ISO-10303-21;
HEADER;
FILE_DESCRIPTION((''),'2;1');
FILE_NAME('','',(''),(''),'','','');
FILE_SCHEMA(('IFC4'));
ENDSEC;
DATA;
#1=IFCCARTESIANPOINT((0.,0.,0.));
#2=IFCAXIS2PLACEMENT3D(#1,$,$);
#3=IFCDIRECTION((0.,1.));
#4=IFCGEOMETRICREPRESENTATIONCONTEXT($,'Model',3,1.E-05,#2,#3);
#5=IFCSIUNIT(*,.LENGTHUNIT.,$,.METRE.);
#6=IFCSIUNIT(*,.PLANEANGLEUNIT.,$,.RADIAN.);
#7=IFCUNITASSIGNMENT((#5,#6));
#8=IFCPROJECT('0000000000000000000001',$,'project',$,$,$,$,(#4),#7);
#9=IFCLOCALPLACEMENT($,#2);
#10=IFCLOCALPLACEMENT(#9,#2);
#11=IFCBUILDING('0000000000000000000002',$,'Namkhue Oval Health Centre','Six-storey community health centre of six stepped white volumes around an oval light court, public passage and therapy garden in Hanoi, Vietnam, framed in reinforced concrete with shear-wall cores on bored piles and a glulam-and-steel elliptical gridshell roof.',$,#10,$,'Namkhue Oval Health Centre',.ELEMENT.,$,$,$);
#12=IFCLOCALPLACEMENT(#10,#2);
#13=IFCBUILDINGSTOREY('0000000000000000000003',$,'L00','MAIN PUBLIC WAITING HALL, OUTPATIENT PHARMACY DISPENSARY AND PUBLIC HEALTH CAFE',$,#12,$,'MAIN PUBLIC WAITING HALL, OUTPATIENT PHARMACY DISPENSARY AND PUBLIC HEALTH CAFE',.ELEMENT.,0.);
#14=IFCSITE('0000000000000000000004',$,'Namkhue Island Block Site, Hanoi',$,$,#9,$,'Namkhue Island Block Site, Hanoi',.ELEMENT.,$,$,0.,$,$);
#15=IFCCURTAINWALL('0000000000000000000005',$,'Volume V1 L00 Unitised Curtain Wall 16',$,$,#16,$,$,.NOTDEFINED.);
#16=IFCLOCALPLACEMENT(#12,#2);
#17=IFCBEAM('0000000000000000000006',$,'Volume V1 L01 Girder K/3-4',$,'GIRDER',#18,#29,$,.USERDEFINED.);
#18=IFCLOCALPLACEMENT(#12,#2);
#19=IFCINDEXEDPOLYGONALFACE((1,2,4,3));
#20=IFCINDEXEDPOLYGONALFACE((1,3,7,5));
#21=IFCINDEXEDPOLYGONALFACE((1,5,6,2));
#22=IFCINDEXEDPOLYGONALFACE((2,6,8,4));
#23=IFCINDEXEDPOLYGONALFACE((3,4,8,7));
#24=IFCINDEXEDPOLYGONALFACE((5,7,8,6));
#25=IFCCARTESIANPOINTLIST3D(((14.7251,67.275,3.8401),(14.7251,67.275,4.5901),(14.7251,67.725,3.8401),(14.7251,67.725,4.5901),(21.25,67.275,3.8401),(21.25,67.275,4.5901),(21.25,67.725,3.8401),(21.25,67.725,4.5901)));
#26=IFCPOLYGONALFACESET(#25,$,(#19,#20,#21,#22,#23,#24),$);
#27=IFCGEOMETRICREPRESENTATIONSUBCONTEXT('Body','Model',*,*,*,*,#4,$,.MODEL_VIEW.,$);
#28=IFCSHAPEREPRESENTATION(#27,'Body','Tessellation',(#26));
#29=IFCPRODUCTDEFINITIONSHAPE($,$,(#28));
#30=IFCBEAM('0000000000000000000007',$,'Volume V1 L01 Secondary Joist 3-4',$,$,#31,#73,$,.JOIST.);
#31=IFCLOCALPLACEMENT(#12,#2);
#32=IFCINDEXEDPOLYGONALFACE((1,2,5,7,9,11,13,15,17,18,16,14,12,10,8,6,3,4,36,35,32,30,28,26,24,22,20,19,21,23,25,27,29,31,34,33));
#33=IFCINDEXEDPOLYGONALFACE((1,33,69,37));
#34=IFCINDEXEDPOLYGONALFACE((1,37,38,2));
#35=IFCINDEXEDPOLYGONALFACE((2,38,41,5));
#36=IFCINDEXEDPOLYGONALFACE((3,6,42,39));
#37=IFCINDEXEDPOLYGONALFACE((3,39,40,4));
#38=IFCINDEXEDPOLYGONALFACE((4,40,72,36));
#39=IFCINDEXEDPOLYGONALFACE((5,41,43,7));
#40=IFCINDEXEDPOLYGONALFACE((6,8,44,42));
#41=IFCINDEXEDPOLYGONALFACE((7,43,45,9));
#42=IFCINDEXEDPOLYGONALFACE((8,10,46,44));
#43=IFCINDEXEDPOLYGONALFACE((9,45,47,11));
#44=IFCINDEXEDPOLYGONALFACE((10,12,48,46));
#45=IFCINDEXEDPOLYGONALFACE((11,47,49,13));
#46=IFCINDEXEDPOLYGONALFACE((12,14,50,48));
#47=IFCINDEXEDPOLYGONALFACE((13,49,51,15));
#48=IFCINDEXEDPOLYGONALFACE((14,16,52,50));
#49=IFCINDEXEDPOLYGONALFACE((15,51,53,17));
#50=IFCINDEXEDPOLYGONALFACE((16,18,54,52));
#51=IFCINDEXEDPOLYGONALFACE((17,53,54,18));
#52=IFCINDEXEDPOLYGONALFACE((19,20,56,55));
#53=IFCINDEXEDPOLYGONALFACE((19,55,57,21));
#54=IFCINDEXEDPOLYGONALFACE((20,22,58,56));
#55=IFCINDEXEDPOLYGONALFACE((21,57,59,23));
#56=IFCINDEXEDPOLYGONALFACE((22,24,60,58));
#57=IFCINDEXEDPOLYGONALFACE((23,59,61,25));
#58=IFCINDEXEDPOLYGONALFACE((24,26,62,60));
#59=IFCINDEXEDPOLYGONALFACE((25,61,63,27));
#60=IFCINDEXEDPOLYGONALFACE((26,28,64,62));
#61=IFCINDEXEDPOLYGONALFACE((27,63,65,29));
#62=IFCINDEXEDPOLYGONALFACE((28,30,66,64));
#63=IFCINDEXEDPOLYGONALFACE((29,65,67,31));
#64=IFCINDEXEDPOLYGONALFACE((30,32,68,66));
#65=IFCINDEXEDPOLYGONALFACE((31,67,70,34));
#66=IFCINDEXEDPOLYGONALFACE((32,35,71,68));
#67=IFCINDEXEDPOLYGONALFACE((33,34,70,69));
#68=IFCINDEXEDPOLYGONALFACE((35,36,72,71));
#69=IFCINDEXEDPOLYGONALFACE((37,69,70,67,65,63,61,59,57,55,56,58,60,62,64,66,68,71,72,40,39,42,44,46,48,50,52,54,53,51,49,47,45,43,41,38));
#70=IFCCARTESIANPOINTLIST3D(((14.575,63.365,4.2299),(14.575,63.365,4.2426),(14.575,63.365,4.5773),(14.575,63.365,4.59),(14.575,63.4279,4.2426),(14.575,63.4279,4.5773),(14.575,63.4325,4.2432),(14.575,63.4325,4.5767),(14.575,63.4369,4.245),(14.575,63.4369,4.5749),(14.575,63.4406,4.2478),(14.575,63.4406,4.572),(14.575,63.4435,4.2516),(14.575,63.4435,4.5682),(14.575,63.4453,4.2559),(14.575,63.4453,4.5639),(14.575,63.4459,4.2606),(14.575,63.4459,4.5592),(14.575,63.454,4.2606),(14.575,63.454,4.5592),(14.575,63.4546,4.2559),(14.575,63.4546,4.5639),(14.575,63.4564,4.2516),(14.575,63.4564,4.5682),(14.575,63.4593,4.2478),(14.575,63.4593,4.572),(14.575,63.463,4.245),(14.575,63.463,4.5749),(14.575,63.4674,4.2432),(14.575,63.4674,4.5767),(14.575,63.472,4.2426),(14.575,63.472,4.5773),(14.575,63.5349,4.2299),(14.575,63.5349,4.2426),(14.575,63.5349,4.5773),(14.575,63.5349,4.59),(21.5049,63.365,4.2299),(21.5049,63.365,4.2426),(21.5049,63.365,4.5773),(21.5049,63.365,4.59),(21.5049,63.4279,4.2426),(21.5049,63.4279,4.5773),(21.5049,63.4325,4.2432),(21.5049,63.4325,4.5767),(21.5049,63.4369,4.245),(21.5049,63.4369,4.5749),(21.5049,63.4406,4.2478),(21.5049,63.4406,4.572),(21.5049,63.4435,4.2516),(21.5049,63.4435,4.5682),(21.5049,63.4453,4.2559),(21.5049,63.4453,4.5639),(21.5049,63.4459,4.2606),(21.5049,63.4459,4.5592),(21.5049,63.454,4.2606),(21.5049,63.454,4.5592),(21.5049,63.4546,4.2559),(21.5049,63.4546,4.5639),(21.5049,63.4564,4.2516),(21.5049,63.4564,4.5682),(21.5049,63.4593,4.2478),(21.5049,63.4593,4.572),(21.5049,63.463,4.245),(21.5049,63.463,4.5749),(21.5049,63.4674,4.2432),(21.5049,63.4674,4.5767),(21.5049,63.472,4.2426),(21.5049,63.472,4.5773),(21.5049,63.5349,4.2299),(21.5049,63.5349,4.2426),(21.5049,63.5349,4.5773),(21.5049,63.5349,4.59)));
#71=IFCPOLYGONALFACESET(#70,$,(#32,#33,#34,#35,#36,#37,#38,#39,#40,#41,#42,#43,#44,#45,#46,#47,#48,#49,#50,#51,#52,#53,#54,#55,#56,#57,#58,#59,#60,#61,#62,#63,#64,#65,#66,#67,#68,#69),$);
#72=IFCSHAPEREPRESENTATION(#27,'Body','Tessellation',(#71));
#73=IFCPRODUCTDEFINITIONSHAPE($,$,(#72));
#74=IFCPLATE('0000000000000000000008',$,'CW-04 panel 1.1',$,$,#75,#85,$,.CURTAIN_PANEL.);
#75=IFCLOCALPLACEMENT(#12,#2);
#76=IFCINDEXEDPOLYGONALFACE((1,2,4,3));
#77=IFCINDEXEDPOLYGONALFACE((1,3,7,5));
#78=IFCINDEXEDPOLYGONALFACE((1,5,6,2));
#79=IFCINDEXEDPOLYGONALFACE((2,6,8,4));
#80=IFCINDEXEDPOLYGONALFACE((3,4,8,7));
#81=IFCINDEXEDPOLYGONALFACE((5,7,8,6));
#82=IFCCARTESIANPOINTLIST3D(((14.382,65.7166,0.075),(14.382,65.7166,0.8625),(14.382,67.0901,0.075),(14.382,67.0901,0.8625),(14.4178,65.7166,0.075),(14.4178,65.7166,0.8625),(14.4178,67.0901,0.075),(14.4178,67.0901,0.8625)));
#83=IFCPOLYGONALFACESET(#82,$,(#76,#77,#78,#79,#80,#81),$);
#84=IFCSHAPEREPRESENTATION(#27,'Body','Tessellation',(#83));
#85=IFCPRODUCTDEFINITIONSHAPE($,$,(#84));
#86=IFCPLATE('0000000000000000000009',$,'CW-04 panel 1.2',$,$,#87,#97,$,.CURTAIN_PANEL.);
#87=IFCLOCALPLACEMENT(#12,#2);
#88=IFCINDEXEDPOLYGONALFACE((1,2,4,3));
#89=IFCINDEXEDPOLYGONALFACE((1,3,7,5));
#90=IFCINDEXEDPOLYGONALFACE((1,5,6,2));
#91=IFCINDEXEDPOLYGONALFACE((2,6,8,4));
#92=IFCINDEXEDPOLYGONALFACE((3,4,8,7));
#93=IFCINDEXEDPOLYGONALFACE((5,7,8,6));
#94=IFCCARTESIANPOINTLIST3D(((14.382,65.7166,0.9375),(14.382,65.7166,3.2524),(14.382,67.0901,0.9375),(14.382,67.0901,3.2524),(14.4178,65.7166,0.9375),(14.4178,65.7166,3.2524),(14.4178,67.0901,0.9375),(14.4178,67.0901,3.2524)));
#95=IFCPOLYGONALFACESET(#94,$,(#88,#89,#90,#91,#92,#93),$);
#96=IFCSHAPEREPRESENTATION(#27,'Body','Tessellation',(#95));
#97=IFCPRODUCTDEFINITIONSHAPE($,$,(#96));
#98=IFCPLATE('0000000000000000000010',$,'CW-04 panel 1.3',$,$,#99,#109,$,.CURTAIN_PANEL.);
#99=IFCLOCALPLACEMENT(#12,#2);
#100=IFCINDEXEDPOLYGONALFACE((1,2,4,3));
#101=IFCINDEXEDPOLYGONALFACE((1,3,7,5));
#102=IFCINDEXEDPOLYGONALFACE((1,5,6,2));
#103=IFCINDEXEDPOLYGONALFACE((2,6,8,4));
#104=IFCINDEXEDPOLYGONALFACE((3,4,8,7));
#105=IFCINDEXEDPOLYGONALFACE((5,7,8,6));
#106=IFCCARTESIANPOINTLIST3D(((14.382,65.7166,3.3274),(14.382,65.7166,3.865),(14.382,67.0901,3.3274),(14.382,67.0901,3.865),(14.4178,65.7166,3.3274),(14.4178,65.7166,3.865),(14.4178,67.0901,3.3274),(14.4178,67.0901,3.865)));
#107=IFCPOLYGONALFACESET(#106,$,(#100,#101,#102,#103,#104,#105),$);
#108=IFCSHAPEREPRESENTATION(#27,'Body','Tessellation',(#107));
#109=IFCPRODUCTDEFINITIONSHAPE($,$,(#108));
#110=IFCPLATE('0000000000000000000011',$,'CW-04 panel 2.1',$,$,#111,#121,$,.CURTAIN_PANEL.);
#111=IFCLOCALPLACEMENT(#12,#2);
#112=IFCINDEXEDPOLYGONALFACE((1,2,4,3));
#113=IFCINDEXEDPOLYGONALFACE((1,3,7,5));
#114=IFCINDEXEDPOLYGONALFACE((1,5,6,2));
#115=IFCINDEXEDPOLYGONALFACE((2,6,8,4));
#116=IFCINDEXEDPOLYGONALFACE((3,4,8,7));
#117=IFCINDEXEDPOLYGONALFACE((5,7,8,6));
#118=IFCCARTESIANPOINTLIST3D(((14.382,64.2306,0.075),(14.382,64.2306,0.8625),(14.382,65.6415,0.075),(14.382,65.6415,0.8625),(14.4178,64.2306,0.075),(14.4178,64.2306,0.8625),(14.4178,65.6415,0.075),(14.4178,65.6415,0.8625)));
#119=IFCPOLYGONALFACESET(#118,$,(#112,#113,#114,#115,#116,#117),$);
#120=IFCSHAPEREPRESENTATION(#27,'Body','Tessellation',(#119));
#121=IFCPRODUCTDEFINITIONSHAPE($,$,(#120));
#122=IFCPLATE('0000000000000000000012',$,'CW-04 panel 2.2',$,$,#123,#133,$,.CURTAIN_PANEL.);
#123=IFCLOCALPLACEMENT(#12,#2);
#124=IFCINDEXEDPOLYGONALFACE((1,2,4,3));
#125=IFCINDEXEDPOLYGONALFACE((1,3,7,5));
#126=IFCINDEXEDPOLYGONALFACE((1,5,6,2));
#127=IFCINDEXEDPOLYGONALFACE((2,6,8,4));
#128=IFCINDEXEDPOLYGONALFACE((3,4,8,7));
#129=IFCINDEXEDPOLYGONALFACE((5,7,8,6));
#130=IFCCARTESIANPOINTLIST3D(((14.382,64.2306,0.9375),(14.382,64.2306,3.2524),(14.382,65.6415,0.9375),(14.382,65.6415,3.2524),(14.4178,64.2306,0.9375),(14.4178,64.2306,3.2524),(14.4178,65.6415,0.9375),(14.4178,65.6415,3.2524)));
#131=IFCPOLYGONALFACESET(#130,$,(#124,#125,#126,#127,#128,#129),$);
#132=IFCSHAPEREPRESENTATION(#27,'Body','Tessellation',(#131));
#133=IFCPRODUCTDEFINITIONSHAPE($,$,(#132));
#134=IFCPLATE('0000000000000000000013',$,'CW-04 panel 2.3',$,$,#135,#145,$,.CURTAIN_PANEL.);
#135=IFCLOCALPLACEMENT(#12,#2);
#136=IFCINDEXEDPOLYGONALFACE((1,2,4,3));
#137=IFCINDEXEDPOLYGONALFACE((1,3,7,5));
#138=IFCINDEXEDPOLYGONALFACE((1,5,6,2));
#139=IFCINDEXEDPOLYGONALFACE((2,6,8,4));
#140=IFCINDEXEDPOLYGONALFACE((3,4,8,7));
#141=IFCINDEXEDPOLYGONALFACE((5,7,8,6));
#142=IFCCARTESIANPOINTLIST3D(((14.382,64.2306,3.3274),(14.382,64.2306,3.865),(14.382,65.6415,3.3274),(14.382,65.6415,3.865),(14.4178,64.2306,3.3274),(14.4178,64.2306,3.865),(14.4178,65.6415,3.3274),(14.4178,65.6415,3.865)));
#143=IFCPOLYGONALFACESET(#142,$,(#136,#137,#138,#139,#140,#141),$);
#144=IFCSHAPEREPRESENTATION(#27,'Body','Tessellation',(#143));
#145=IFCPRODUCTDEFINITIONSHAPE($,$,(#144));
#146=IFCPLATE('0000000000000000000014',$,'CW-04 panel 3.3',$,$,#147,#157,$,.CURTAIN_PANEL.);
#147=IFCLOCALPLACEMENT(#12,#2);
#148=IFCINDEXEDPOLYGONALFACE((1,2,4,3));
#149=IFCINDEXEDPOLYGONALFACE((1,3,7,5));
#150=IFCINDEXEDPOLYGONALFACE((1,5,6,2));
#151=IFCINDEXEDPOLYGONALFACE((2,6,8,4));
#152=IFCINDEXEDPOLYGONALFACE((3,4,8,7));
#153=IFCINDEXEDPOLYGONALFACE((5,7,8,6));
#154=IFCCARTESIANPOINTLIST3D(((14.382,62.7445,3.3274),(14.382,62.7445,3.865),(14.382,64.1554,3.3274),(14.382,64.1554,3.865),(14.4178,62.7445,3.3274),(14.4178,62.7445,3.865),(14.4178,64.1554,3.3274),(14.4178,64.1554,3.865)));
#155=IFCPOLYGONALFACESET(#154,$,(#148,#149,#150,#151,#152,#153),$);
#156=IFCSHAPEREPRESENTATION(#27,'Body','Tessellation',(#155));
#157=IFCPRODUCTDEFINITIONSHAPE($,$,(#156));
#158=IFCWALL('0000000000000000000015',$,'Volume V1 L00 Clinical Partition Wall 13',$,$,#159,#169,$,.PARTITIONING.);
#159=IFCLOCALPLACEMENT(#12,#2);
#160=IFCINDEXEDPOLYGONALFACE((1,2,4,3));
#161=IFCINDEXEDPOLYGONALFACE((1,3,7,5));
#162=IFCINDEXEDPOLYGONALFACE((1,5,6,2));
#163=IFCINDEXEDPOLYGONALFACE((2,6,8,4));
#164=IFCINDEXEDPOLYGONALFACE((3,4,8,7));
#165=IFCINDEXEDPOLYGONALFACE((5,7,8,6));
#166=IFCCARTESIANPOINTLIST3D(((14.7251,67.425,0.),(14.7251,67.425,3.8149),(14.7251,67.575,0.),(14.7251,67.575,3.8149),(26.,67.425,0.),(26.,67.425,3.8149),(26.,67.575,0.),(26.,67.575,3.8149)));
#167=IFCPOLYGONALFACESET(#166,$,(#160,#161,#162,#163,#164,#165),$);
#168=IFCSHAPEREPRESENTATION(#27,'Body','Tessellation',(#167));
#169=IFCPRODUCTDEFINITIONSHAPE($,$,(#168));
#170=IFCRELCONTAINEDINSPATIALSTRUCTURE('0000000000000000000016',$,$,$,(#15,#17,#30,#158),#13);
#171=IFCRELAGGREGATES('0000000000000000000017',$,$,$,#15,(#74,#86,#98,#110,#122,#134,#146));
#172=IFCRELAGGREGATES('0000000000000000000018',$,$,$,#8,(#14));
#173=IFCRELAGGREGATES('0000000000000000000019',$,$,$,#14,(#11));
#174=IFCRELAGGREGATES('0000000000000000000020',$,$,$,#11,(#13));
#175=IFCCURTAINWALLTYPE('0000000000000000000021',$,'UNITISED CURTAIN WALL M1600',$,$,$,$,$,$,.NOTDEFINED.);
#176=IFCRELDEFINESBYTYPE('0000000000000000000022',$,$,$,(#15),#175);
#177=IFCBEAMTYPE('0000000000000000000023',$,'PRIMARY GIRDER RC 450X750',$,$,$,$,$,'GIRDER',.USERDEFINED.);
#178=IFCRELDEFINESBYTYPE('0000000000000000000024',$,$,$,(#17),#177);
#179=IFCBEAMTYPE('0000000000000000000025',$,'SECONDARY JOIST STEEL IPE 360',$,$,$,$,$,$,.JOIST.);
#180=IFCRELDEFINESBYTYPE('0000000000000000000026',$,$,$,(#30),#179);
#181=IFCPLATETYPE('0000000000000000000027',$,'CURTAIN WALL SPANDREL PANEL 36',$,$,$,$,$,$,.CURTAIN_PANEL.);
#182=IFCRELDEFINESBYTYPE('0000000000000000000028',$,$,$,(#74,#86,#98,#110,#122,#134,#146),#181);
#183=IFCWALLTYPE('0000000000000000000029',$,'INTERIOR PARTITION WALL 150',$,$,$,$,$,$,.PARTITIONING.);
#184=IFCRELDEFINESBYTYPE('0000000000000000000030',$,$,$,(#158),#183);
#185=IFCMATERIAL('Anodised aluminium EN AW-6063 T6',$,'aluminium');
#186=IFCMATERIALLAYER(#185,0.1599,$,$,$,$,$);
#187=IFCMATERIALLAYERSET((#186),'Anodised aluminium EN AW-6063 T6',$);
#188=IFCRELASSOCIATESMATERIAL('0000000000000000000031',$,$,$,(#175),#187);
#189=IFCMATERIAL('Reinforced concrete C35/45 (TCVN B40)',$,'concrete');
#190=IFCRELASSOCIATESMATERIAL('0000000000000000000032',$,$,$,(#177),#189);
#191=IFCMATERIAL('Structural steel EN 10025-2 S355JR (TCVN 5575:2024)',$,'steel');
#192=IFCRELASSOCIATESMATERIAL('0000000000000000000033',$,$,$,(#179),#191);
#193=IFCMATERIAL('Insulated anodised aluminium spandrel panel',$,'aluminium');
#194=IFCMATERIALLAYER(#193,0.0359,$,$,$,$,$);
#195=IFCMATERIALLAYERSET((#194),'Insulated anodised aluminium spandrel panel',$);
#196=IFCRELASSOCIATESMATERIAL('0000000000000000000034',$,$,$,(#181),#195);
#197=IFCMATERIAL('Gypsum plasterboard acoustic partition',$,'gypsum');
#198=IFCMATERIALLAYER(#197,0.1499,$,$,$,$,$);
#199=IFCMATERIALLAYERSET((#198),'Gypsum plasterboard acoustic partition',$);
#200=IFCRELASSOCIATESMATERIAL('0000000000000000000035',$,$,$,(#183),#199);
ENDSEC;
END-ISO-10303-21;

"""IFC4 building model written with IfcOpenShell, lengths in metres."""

from ifc_helpers import new_model, si_unit, direction, frame, frame_2d, origin, origin_2d, place, context, subcontext, project, spatial, rectangle, i_section, extrude, material, layer, layer_set, material_profile, profile_set, type_object, element, aggregate, save


model = new_model("IFC4")

# Units and contexts
model_context = context("Model", 3, precision=1e-05, world=origin(), true_north=direction((0.0, 1.0)))
body_context = subcontext(model_context, "Body", "Model", "MODEL_VIEW")
ifc_project = project(units=[si_unit("LENGTHUNIT", "METRE"), si_unit("PLANEANGLEUNIT", "RADIAN")], contexts=[model_context])

# Site, building, storey
site_placement = place(None, origin())
site = spatial("IfcSite", under=ifc_project, at=site_placement, Name="Namkhue Island Block Site, Hanoi", LongName="Namkhue Island Block Site, Hanoi", CompositionType="ELEMENT", RefElevation=0.0)
building_placement = place(site_placement, origin())
building = spatial("IfcBuilding", under=site, at=building_placement, Name="Namkhue Oval Health Centre", Description="Six-storey community health centre of six stepped white volumes around an oval light court, public passage and therapy garden in Hanoi, Vietnam, framed in reinforced concrete with shear-wall cores on bored piles and a glulam-and-steel elliptical gridshell roof.", LongName="Namkhue Oval Health Centre", CompositionType="ELEMENT")
storey_placement = place(building_placement, origin())
storey = spatial("IfcBuildingStorey", under=building, at=storey_placement, Name="L00", Description="MAIN PUBLIC WAITING HALL, OUTPATIENT PHARMACY DISPENSARY AND PUBLIC HEALTH CAFE", LongName="MAIN PUBLIC WAITING HALL, OUTPATIENT PHARMACY DISPENSARY AND PUBLIC HEALTH CAFE", CompositionType="ELEMENT", Elevation=0.0)

# Shared definitions
ifc_material_1 = material(Name="Reinforced concrete C35/45 (TCVN B40)", Category="concrete")

# Curtain wall
ifc_material_2 = material(Name="Anodised aluminium EN AW-6063 T6", Category="aluminium")
ifc_layer_1 = layer(ifc_material_2, 0.1599)
ifc_layer_set_1 = layer_set([ifc_layer_1], Name="Anodised aluminium EN AW-6063 T6")
curtain_wall_type = type_object("IfcCurtainWallType", Name="UNITISED CURTAIN WALL M1600", PredefinedType="NOTDEFINED", material=ifc_layer_set_1)
curtain_wall_placement = place(storey_placement, origin())
curtain_wall = element("IfcCurtainWall", 1, at=curtain_wall_placement, inside=storey, type_object=curtain_wall_type, Name="Volume V1 L00 Unitised Curtain Wall 16", PredefinedType="NOTDEFINED")

# Beams
ifc_material_profile_1 = material_profile(ifc_material_1, rectangle(XDim=0.45, YDim=0.75, at=origin_2d()), Name="RC 450x750")
ifc_profile_set_1 = profile_set([ifc_material_profile_1], Name="Reinforced concrete C35/45 (TCVN B40)")
beam_type_1 = type_object("IfcBeamType", Name="PRIMARY GIRDER RC 450X750", ElementType="GIRDER", PredefinedType="USERDEFINED", material=ifc_profile_set_1)
beam_1_placement = place(storey_placement, frame((14.7251, 67.5, 4.2151), z_axis=(1.0, 0.0, 0.0), x_axis=(0.0, 1.0, 0.0)))
element("IfcBeam", 2, at=beam_1_placement, inside=storey, type_object=beam_type_1, Name="Volume V1 L01 Girder K/3-4", ObjectType="GIRDER", PredefinedType="USERDEFINED", context=body_context, shape_type="SweptSolid", body=[
    extrude(rectangle(XDim=0.45, YDim=0.75, at=origin_2d()), origin(), (0.0, 0.0, 1.0), 6.5249),
])
ifc_material_3 = material(Name="Structural steel EN 10025-2 S355JR (TCVN 5575:2024)", Category="steel")
ifc_material_profile_2 = material_profile(ifc_material_3, i_section(OverallWidth=0.1699, OverallDepth=0.3601, WebThickness=0.0081, FlangeThickness=0.0127, FilletRadius=0.0181, at=origin_2d()), Name="IPE 360")
ifc_profile_set_2 = profile_set([ifc_material_profile_2], Name="Structural steel EN 10025-2 S355JR (TCVN 5575:2024)")
beam_type_2 = type_object("IfcBeamType", Name="SECONDARY JOIST STEEL IPE 360", PredefinedType="JOIST", material=ifc_profile_set_2)
beam_2_placement = place(storey_placement, frame((14.575, 63.45, 4.4099), z_axis=(1.0, 0.0, 0.0), x_axis=(0.0, 1.0, 0.0)))
element("IfcBeam", 3, at=beam_2_placement, inside=storey, type_object=beam_type_2, Name="Volume V1 L01 Secondary Joist 3-4", PredefinedType="JOIST", context=body_context, shape_type="SweptSolid", body=[
    extrude(i_section(OverallWidth=0.1699, OverallDepth=0.3601, WebThickness=0.0081, FlangeThickness=0.0127, FilletRadius=0.0181, at=origin_2d()), origin(), (0.0, 0.0, 1.0), 6.9299),
])

# Plates
ifc_material_4 = material(Name="Insulated anodised aluminium spandrel panel", Category="aluminium")
ifc_layer_2 = layer(ifc_material_4, 0.0359)
ifc_layer_set_2 = layer_set([ifc_layer_2], Name="Insulated anodised aluminium spandrel panel")
plate_type = type_object("IfcPlateType", Name="CURTAIN WALL SPANDREL PANEL 36", PredefinedType="CURTAIN_PANEL", material=ifc_layer_set_2)
plate_1_placement = place(storey_placement, frame((14.3999, 66.4033, 0.075), z_axis=(0.0, 0.0, 1.0), x_axis=(0.0, -1.0, 0.0)))
plate_1 = element("IfcPlate", 4, at=plate_1_placement, type_object=plate_type, Name="CW-04 panel 1.1", PredefinedType="CURTAIN_PANEL", context=body_context, shape_type="SweptSolid", body=[
    extrude(rectangle(XDim=1.3735, YDim=0.0359, at=origin_2d()), origin(), (0.0, 0.0, 1.0), 0.7876),
])
plate_2_placement = place(storey_placement, frame((14.3999, 66.4033, 0.9375), z_axis=(0.0, 0.0, 1.0), x_axis=(0.0, -1.0, 0.0)))
plate_2 = element("IfcPlate", 5, at=plate_2_placement, type_object=plate_type, Name="CW-04 panel 1.2", PredefinedType="CURTAIN_PANEL", context=body_context, shape_type="SweptSolid", body=[
    extrude(rectangle(XDim=1.3735, YDim=0.0359, at=origin_2d()), origin(), (0.0, 0.0, 1.0), 2.3149),
])
plate_3_placement = place(storey_placement, frame((14.3999, 66.4033, 3.3274), z_axis=(0.0, 0.0, 1.0), x_axis=(0.0, -1.0, 0.0)))
plate_3 = element("IfcPlate", 6, at=plate_3_placement, type_object=plate_type, Name="CW-04 panel 1.3", PredefinedType="CURTAIN_PANEL", context=body_context, shape_type="SweptSolid", body=[
    extrude(rectangle(XDim=1.3735, YDim=0.0359, at=origin_2d()), origin(), (0.0, 0.0, 1.0), 0.5376),
])
plate_4_placement = place(storey_placement, frame((14.3999, 64.936, 0.075), z_axis=(0.0, 0.0, 1.0), x_axis=(0.0, -1.0, 0.0)))
plate_4 = element("IfcPlate", 7, at=plate_4_placement, type_object=plate_type, Name="CW-04 panel 2.1", PredefinedType="CURTAIN_PANEL", context=body_context, shape_type="SweptSolid", body=[
    extrude(rectangle(XDim=1.4109, YDim=0.0359, at=origin_2d()), origin(), (0.0, 0.0, 1.0), 0.7876),
])
plate_5_placement = place(storey_placement, frame((14.3999, 64.936, 0.9375), z_axis=(0.0, 0.0, 1.0), x_axis=(0.0, -1.0, 0.0)))
plate_5 = element("IfcPlate", 8, at=plate_5_placement, type_object=plate_type, Name="CW-04 panel 2.2", PredefinedType="CURTAIN_PANEL", context=body_context, shape_type="SweptSolid", body=[
    extrude(rectangle(XDim=1.4109, YDim=0.0359, at=origin_2d()), origin(), (0.0, 0.0, 1.0), 2.3149),
])
plate_6_placement = place(storey_placement, frame((14.3999, 64.936, 3.3274), z_axis=(0.0, 0.0, 1.0), x_axis=(0.0, -1.0, 0.0)))
plate_6 = element("IfcPlate", 9, at=plate_6_placement, type_object=plate_type, Name="CW-04 panel 2.3", PredefinedType="CURTAIN_PANEL", context=body_context, shape_type="SweptSolid", body=[
    extrude(rectangle(XDim=1.4109, YDim=0.0359, at=origin_2d()), origin(), (0.0, 0.0, 1.0), 0.5376),
])
plate_7_placement = place(storey_placement, frame((14.3999, 63.45, 3.3274), z_axis=(0.0, 0.0, 1.0), x_axis=(0.0, -1.0, 0.0)))
plate_7 = element("IfcPlate", 10, at=plate_7_placement, type_object=plate_type, Name="CW-04 panel 3.3", PredefinedType="CURTAIN_PANEL", context=body_context, shape_type="SweptSolid", body=[
    extrude(rectangle(XDim=1.4109, YDim=0.0359, at=origin_2d()), origin(), (0.0, 0.0, 1.0), 0.5376),
])
aggregate(curtain_wall, [plate_1, plate_2, plate_3, plate_4, plate_5, plate_6, plate_7])

# Wall
ifc_material_5 = material(Name="Gypsum plasterboard acoustic partition", Category="gypsum")
ifc_layer_3 = layer(ifc_material_5, 0.1499)
ifc_layer_set_3 = layer_set([ifc_layer_3], Name="Gypsum plasterboard acoustic partition")
wall_type = type_object("IfcWallType", Name="INTERIOR PARTITION WALL 150", PredefinedType="PARTITIONING", material=ifc_layer_set_3)
wall_placement = place(storey_placement, frame((14.7251, 67.5, 0.0), z_axis=(0.0, 0.0, 1.0), x_axis=(1.0, 0.0, 0.0)))
element("IfcWall", 11, at=wall_placement, inside=storey, type_object=wall_type, Name="Volume V1 L00 Clinical Partition Wall 13", PredefinedType="PARTITIONING", context=body_context, shape_type="SweptSolid", body=[
    extrude(rectangle(XDim=11.2749, YDim=0.1499, at=frame_2d((5.6375, 0.0))), origin(), (0.0, 0.0, 1.0), 3.8149),
])

save(model, "model.ifc")
